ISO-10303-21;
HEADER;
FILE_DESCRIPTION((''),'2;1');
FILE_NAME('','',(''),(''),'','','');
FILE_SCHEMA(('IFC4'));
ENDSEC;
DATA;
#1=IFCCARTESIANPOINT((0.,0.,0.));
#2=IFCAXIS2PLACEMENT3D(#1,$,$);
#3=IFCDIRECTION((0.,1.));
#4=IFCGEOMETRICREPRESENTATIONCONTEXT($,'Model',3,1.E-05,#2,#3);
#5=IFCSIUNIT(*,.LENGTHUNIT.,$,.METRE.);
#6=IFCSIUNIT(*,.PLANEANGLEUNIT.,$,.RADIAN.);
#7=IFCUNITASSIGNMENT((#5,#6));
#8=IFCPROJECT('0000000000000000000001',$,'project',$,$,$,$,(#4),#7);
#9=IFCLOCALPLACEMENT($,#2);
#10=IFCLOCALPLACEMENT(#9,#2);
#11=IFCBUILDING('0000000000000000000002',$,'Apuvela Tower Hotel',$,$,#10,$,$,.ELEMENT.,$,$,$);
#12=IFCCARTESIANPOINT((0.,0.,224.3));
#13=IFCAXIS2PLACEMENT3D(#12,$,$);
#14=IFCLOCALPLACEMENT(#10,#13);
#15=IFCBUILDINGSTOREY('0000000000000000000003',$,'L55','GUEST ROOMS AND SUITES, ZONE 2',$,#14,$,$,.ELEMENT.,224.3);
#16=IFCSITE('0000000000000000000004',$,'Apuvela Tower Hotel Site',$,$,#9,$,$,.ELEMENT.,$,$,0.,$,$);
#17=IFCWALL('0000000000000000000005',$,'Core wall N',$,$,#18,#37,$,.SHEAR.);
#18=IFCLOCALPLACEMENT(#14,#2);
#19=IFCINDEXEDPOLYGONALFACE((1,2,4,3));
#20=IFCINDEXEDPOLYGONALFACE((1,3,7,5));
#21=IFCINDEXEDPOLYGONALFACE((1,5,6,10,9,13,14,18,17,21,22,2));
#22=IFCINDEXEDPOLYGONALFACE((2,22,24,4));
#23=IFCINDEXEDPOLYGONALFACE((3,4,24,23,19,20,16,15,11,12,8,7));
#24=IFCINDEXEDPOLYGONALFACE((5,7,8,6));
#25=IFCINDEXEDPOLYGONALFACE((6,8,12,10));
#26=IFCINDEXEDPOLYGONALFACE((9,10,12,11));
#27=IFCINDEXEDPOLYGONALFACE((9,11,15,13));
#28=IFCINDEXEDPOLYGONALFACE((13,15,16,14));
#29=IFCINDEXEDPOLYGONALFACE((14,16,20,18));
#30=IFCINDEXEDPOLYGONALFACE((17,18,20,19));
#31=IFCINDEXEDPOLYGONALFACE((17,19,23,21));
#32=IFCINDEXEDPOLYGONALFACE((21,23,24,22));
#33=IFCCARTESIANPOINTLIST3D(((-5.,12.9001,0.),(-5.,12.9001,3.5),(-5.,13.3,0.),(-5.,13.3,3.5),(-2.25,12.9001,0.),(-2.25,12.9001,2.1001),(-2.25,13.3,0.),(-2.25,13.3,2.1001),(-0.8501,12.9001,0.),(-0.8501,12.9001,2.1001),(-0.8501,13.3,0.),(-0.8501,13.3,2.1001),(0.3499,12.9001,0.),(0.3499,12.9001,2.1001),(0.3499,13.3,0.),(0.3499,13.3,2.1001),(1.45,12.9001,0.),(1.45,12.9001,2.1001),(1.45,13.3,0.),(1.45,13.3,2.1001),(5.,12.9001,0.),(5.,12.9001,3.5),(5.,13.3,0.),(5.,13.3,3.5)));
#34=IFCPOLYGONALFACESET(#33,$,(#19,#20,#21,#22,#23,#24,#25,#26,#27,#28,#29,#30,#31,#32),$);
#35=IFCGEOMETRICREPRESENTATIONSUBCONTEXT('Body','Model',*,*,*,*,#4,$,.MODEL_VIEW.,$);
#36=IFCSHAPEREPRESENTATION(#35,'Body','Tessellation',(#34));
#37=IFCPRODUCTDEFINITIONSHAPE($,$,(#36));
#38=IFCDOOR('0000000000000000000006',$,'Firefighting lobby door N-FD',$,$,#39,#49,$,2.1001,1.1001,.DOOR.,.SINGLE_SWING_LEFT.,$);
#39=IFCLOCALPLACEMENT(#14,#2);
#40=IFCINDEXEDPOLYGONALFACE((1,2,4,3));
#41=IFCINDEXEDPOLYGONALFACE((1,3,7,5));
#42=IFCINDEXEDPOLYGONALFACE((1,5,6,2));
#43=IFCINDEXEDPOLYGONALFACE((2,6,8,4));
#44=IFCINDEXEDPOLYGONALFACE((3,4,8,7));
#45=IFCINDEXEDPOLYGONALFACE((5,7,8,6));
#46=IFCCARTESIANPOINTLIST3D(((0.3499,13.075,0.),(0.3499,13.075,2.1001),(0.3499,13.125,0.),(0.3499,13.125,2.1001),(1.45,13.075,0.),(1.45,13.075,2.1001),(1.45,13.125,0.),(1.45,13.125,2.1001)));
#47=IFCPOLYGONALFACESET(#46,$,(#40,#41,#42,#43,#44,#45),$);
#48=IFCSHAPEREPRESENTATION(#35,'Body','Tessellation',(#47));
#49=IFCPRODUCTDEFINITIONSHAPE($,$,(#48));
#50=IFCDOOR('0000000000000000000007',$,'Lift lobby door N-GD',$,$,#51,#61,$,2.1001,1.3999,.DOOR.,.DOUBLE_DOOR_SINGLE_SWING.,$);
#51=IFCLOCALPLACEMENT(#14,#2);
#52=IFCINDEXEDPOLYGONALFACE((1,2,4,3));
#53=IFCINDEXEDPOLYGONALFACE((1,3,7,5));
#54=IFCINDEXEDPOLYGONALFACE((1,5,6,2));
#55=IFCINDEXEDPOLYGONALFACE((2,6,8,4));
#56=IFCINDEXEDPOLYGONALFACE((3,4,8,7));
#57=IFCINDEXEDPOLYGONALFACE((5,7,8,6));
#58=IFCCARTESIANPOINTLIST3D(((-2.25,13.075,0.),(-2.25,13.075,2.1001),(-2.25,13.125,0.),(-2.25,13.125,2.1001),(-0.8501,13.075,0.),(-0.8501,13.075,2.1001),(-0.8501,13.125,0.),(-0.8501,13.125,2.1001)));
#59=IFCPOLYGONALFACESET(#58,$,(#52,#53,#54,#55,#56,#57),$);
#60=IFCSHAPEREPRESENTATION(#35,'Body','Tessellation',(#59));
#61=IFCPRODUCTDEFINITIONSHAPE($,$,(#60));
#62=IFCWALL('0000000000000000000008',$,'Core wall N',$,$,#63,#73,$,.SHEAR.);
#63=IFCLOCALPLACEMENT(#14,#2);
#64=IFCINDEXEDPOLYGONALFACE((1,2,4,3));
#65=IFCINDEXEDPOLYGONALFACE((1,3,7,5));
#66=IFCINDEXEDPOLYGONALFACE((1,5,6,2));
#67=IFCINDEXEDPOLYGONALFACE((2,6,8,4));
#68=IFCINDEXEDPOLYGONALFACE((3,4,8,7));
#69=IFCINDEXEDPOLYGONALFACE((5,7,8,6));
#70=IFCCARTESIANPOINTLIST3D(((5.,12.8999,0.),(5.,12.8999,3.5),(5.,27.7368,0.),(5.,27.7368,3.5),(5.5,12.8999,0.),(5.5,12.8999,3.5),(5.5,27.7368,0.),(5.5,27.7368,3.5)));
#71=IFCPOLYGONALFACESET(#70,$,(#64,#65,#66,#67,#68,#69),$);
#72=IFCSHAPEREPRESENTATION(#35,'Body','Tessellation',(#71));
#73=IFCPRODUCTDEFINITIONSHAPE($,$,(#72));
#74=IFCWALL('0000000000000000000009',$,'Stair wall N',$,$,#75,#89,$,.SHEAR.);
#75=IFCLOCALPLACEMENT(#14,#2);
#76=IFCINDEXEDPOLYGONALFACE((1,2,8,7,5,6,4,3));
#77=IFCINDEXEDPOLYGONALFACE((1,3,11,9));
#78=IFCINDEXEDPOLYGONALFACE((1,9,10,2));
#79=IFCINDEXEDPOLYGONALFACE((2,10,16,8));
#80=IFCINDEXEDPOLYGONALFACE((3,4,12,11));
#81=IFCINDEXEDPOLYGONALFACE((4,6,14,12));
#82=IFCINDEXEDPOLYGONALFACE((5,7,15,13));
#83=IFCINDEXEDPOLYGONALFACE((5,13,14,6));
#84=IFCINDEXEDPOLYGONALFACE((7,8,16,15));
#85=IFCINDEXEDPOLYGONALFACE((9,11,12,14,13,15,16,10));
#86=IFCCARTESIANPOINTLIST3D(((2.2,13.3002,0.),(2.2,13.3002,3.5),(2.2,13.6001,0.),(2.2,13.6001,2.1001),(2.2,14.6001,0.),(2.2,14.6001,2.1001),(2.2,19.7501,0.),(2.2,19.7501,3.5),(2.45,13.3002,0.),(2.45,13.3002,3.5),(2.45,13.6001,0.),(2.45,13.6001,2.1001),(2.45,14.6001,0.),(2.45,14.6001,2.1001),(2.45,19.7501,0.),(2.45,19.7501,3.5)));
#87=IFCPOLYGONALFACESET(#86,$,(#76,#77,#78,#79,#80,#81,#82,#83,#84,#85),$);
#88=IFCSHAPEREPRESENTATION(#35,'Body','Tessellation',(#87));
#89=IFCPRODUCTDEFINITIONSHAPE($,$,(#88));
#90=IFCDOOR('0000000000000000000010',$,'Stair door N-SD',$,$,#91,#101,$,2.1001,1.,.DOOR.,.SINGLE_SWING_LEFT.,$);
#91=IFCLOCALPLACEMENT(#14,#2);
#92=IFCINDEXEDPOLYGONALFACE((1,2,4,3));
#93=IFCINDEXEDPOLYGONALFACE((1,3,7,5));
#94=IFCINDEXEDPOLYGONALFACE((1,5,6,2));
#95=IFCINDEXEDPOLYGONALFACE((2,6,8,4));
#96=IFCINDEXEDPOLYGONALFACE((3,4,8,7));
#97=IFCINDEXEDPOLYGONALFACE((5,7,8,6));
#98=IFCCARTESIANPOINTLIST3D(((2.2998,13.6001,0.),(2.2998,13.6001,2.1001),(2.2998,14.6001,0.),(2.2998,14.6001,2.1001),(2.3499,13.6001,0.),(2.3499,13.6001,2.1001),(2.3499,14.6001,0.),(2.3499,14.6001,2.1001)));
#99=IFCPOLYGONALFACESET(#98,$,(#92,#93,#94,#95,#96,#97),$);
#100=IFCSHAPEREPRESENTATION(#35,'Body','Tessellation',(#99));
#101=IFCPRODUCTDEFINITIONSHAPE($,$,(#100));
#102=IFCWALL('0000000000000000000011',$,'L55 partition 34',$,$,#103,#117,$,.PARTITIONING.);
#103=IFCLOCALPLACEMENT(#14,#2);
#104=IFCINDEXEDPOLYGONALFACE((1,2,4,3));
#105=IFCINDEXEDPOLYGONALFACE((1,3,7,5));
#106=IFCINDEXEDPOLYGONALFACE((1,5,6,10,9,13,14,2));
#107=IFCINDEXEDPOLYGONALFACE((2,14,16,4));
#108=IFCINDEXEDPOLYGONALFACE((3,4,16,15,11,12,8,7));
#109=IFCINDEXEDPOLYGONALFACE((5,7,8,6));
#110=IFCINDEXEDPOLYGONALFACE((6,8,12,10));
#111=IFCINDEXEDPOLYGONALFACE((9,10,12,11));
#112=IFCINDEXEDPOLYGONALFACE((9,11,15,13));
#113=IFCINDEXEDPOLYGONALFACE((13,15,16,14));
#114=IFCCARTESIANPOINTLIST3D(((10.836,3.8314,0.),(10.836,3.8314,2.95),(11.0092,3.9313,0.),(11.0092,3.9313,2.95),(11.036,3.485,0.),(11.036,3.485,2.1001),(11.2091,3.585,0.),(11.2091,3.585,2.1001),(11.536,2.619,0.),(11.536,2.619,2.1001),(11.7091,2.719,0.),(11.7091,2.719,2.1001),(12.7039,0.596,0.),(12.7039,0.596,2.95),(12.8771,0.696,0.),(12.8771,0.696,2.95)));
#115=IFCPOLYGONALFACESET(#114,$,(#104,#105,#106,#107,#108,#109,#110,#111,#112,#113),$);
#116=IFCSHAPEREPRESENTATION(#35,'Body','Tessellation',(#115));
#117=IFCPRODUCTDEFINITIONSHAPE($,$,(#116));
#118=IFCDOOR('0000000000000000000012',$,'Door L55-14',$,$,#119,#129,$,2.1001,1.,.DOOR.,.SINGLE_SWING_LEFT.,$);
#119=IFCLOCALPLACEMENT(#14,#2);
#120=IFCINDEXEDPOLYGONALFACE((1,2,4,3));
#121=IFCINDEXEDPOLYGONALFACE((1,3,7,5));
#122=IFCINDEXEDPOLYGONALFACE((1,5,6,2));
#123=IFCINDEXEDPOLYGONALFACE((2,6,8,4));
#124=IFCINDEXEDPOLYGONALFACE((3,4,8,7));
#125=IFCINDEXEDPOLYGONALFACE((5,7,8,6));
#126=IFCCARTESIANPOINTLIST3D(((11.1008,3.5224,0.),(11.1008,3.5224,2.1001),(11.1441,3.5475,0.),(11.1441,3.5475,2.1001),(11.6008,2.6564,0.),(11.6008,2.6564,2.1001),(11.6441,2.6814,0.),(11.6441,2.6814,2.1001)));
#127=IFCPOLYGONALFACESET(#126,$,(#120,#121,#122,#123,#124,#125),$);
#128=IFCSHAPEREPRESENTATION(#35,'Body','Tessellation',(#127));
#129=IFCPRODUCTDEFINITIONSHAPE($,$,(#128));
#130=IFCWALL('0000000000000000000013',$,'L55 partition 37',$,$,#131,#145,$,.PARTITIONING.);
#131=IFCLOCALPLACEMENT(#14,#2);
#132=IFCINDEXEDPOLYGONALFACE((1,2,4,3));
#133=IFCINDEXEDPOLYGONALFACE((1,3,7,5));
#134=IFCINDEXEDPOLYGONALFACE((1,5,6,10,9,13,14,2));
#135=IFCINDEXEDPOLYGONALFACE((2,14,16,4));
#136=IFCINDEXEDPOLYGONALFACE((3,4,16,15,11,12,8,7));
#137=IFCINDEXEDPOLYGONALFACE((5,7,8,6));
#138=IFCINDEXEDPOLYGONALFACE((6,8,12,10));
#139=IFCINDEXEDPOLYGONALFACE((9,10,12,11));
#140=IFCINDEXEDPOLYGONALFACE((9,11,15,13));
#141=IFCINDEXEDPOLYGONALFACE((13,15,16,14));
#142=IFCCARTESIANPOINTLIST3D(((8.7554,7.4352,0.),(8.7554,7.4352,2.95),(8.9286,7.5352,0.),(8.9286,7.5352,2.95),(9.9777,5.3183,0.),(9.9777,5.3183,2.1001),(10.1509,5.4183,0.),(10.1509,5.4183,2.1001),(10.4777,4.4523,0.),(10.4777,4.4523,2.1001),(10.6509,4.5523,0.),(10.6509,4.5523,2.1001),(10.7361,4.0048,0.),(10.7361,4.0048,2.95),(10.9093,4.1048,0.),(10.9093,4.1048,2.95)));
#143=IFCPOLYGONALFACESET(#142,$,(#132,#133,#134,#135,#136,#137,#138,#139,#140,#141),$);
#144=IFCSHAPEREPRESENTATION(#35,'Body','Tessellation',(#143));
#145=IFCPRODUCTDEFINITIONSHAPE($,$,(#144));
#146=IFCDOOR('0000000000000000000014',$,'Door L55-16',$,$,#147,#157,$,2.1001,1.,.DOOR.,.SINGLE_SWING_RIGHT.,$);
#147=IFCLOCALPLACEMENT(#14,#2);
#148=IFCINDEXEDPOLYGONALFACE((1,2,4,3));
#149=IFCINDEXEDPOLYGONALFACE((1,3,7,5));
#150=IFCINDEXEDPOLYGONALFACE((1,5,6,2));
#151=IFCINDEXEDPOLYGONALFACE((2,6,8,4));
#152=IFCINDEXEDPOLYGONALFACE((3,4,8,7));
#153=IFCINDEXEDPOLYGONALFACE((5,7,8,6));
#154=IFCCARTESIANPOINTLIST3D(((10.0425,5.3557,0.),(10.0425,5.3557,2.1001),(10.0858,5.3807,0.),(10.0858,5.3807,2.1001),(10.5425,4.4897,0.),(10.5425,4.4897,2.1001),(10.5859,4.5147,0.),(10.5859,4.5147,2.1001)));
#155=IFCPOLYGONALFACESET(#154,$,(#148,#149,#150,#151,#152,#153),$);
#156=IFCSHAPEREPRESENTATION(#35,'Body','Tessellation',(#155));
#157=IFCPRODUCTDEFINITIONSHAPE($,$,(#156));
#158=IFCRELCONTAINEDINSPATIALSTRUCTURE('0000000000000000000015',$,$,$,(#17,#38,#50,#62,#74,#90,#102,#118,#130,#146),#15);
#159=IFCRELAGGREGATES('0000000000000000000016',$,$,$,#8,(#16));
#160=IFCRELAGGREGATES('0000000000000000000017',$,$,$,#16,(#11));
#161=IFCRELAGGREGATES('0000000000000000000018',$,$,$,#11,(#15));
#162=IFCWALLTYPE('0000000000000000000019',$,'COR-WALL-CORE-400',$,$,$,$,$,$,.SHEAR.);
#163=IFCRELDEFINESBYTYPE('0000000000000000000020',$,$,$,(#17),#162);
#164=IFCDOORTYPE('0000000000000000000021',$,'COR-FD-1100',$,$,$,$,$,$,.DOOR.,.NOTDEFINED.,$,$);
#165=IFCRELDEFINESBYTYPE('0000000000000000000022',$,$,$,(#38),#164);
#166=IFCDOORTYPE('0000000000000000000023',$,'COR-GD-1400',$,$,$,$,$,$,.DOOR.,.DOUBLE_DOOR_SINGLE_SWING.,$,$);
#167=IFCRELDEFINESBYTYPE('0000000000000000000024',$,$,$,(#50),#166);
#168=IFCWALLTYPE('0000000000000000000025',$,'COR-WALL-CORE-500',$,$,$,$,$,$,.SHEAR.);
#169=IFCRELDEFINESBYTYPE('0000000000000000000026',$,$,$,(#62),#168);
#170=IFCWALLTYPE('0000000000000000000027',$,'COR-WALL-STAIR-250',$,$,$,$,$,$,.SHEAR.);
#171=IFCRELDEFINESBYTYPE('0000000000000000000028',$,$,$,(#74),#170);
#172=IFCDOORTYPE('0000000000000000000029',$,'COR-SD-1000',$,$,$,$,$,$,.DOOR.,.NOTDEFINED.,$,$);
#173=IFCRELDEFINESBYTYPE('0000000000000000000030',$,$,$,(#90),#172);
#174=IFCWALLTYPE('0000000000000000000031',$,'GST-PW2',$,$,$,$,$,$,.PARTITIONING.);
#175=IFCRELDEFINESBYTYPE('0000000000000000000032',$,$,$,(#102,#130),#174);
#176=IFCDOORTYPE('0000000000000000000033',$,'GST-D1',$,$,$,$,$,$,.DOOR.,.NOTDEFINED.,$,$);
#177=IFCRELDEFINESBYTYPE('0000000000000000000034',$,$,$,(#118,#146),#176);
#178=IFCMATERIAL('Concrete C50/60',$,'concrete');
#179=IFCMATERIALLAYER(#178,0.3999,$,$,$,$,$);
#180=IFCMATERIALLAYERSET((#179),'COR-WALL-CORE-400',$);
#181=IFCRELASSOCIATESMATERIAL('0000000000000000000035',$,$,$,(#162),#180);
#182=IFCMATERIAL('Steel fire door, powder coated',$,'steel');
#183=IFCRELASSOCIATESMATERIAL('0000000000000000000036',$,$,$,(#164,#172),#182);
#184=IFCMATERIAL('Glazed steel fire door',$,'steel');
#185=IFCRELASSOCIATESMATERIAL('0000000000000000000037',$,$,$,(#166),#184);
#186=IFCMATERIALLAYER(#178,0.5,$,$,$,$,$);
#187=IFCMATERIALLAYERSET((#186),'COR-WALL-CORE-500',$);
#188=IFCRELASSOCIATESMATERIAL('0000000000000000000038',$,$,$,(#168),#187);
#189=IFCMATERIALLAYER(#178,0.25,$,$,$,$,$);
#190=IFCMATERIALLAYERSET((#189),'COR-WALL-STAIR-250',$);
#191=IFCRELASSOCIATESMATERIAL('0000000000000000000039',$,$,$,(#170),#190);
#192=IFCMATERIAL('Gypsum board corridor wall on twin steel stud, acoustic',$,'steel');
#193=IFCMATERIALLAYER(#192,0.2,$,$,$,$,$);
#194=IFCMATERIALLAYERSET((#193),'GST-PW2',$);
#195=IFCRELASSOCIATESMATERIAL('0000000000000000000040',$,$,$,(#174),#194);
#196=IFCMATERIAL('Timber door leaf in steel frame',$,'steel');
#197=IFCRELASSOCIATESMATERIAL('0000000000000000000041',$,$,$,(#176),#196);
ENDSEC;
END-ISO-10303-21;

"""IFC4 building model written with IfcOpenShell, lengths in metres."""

from ifc_helpers import new_model, si_unit, direction, frame, frame_2d, origin, place, context, subcontext, project, spatial, rectangle, extrude, material, layer, layer_set, type_object, element, fill, save


model = new_model("IFC4")

# Units and contexts
model_context = context("Model", 3, precision=1e-05, world=origin(), true_north=direction((0.0, 1.0)))
body_context = subcontext(model_context, "Body", "Model", "MODEL_VIEW")
ifc_project = project(units=[si_unit("LENGTHUNIT", "METRE"), si_unit("PLANEANGLEUNIT", "RADIAN")], contexts=[model_context])

# Site, building, storey
site_placement = place(None, origin())
site = spatial("IfcSite", under=ifc_project, at=site_placement, Name="Apuvela Tower Hotel Site", CompositionType="ELEMENT", RefElevation=0.0)
building_placement = place(site_placement, origin())
building = spatial("IfcBuilding", under=site, at=building_placement, Name="Apuvela Tower Hotel", CompositionType="ELEMENT")
storey_placement = place(building_placement, frame((0.0, 0.0, 224.3)))
storey = spatial("IfcBuildingStorey", under=building, at=storey_placement, Name="L55", Description="GUEST ROOMS AND SUITES, ZONE 2", CompositionType="ELEMENT", Elevation=224.3)

# Shared definitions
ifc_material_1 = material(Name="Concrete C50/60", Category="concrete")

# Wall, openings, doors
ifc_layer_1 = layer(ifc_material_1, 0.3999)
ifc_layer_set_1 = layer_set([ifc_layer_1], Name="COR-WALL-CORE-400")
wall_type_1 = type_object("IfcWallType", Name="COR-WALL-CORE-400", PredefinedType="SHEAR", material=ifc_layer_set_1)
wall_1_placement = place(storey_placement, frame((5.0, 13.1001, 0.0), z_axis=(0.0, 0.0, 1.0), x_axis=(-1.0, 0.0, 0.0)))
wall_1 = element("IfcWall", 1, at=wall_1_placement, inside=storey, type_object=wall_type_1, Name="Core wall N", PredefinedType="SHEAR", context=body_context, shape_type="SweptSolid", body=[
    extrude(rectangle(XDim=10.0, YDim=0.3999, at=frame_2d((5.0, 0.0))), origin(), (0.0, 0.0, 1.0), 3.5),
])
opening_1_placement = place(wall_1_placement, frame((3.55, 0.0, 0.0)))
opening_1 = element("IfcOpeningElement", 2, at=opening_1_placement, cuts=wall_1, PredefinedType="OPENING", context=body_context, shape_type="SweptSolid", body=[
    extrude(rectangle(XDim=1.1001, YDim=2.1001, at=frame_2d((0.55, 1.05))), frame((0.0, 0.21, 0.0), z_axis=(0.0, -1.0, 0.0), x_axis=(1.0, 0.0, 0.0)), (0.0, 0.0, 1.0), 0.4199),
])
opening_2_placement = place(wall_1_placement, frame((5.8501, 0.0, 0.0)))
opening_2 = element("IfcOpeningElement", 3, at=opening_2_placement, cuts=wall_1, PredefinedType="OPENING", context=body_context, shape_type="SweptSolid", body=[
    extrude(rectangle(XDim=1.3999, YDim=2.1001, at=frame_2d((0.7, 1.05))), frame((0.0, 0.21, 0.0), z_axis=(0.0, -1.0, 0.0), x_axis=(1.0, 0.0, 0.0)), (0.0, 0.0, 1.0), 0.4199),
])
ifc_material_2 = material(Name="Steel fire door, powder coated", Category="steel")
door_type_1 = type_object("IfcDoorType", Name="COR-FD-1100", OperationType="NOTDEFINED", PredefinedType="DOOR", material=ifc_material_2)
door_1_placement = place(opening_1_placement, frame((1.1001, 0.0, 0.0), z_axis=(0.0, 0.0, 1.0), x_axis=(-1.0, 0.0, 0.0)))
door_1 = element("IfcDoor", 4, at=door_1_placement, inside=storey, type_object=door_type_1, Name="Firefighting lobby door N-FD", OperationType="SINGLE_SWING_LEFT", OverallHeight=2.1001, OverallWidth=1.1001, PredefinedType="DOOR", context=body_context, shape_type="SweptSolid", body=[
    extrude(rectangle(XDim=1.1001, YDim=2.1001, at=frame_2d((0.55, 1.05))), frame((0.0, 0.0249, 0.0), z_axis=(0.0, -1.0, 0.0), x_axis=(1.0, 0.0, 0.0)), (0.0, 0.0, 1.0), 0.05),
])
fill(opening_1, door_1)
ifc_material_3 = material(Name="Glazed steel fire door", Category="steel")
door_type_2 = type_object("IfcDoorType", Name="COR-GD-1400", OperationType="DOUBLE_DOOR_SINGLE_SWING", PredefinedType="DOOR", material=ifc_material_3)
door_2_placement = place(opening_2_placement, frame((1.3999, 0.0, 0.0), z_axis=(0.0, 0.0, 1.0), x_axis=(-1.0, 0.0, 0.0)))
door_2 = element("IfcDoor", 5, at=door_2_placement, inside=storey, type_object=door_type_2, Name="Lift lobby door N-GD", OperationType="DOUBLE_DOOR_SINGLE_SWING", OverallHeight=2.1001, OverallWidth=1.3999, PredefinedType="DOOR", context=body_context, shape_type="SweptSolid", body=[
    extrude(rectangle(XDim=1.3999, YDim=2.1001, at=frame_2d((0.7, 1.05))), frame((0.0, 0.0249, 0.0), z_axis=(0.0, -1.0, 0.0), x_axis=(1.0, 0.0, 0.0)), (0.0, 0.0, 1.0), 0.05),
])
fill(opening_2, door_2)

# Wall
ifc_layer_2 = layer(ifc_material_1, 0.5)
ifc_layer_set_2 = layer_set([ifc_layer_2], Name="COR-WALL-CORE-500")
wall_type_2 = type_object("IfcWallType", Name="COR-WALL-CORE-500", PredefinedType="SHEAR", material=ifc_layer_set_2)
wall_2_placement = place(storey_placement, frame((5.25, 12.8999, 0.0), z_axis=(0.0, 0.0, 1.0), x_axis=(0.0, 1.0, 0.0)))
element("IfcWall", 6, at=wall_2_placement, inside=storey, type_object=wall_type_2, Name="Core wall N", PredefinedType="SHEAR", context=body_context, shape_type="SweptSolid", body=[
    extrude(rectangle(XDim=14.8369, YDim=0.5, at=frame_2d((7.4185, 0.0))), origin(), (0.0, 0.0, 1.0), 3.5),
])

# Walls, openings, doors
ifc_layer_3 = layer(ifc_material_1, 0.25)
ifc_layer_set_3 = layer_set([ifc_layer_3], Name="COR-WALL-STAIR-250")
wall_type_3 = type_object("IfcWallType", Name="COR-WALL-STAIR-250", PredefinedType="SHEAR", material=ifc_layer_set_3)
wall_3_placement = place(storey_placement, frame((2.325, 13.3, 0.0), z_axis=(0.0, 0.0, 1.0), x_axis=(0.0, 1.0, 0.0)))
wall_3 = element("IfcWall", 7, at=wall_3_placement, inside=storey, type_object=wall_type_3, Name="Stair wall N", PredefinedType="SHEAR", context=body_context, shape_type="SweptSolid", body=[
    extrude(rectangle(XDim=6.45, YDim=0.25, at=frame_2d((3.2251, 0.0))), origin(), (0.0, 0.0, 1.0), 3.5),
])
opening_3_placement = place(wall_3_placement, frame((0.3, 0.0, 0.0)))
opening_3 = element("IfcOpeningElement", 8, at=opening_3_placement, cuts=wall_3, PredefinedType="OPENING", context=body_context, shape_type="SweptSolid", body=[
    extrude(rectangle(XDim=1.0, YDim=2.1001, at=frame_2d((0.5, 1.05))), frame((0.0, 0.135, 0.0), z_axis=(0.0, -1.0, 0.0), x_axis=(1.0, 0.0, 0.0)), (0.0, 0.0, 1.0), 0.27),
])
door_type_3 = type_object("IfcDoorType", Name="COR-SD-1000", OperationType="NOTDEFINED", PredefinedType="DOOR", material=ifc_material_2)
door_3_placement = place(opening_3_placement, frame((1.0, 0.0, 0.0), z_axis=(0.0, 0.0, 1.0), x_axis=(-1.0, 0.0, 0.0)))
door_3 = element("IfcDoor", 9, at=door_3_placement, inside=storey, type_object=door_type_3, Name="Stair door N-SD", OperationType="SINGLE_SWING_LEFT", OverallHeight=2.1001, OverallWidth=1.0, PredefinedType="DOOR", context=body_context, shape_type="SweptSolid", body=[
    extrude(rectangle(XDim=1.0, YDim=2.1001, at=frame_2d((0.5, 1.05))), frame((0.0, 0.0249, 0.0), z_axis=(0.0, -1.0, 0.0), x_axis=(1.0, 0.0, 0.0)), (0.0, 0.0, 1.0), 0.05),
])
fill(opening_3, door_3)
ifc_material_4 = material(Name="Gypsum board corridor wall on twin steel stud, acoustic", Category="steel")
ifc_layer_4 = layer(ifc_material_4, 0.2)
ifc_layer_set_4 = layer_set([ifc_layer_4], Name="GST-PW2")
wall_type_4 = type_object("IfcWallType", Name="GST-PW2", PredefinedType="PARTITIONING", material=ifc_layer_set_4)
wall_4_placement = place(storey_placement, frame((10.9226, 3.8813, 0.0), z_axis=(0.0, 0.0, 1.0), x_axis=(0.499998, -0.866027, 0.0)))
wall_4 = element("IfcWall", 10, at=wall_4_placement, inside=storey, type_object=wall_type_4, Name="L55 partition 34", PredefinedType="PARTITIONING", context=body_context, shape_type="SweptSolid", body=[
    extrude(rectangle(XDim=3.7358, YDim=0.2, at=frame_2d((1.8679, 0.0))), origin(), (0.0, 0.0, 1.0), 2.95),
])
opening_4_placement = place(wall_4_placement, frame((0.3999, 0.0, 0.0)))
opening_4 = element("IfcOpeningElement", 11, at=opening_4_placement, cuts=wall_4, PredefinedType="OPENING", context=body_context, shape_type="SweptSolid", body=[
    extrude(rectangle(XDim=1.0, YDim=2.1001, at=frame_2d((0.5, 1.05))), frame((0.0, 0.1099, 0.0), z_axis=(0.0, -1.0, 0.0), x_axis=(1.0, 0.0, 0.0)), (0.0, 0.0, 1.0), 0.22),
])
ifc_material_5 = material(Name="Timber door leaf in steel frame", Category="steel")
door_type_4 = type_object("IfcDoorType", Name="GST-D1", OperationType="NOTDEFINED", PredefinedType="DOOR", material=ifc_material_5)
door_4_placement = place(opening_4_placement, origin())
door_4 = element("IfcDoor", 12, at=door_4_placement, inside=storey, type_object=door_type_4, Name="Door L55-14", OperationType="SINGLE_SWING_LEFT", OverallHeight=2.1001, OverallWidth=1.0, PredefinedType="DOOR", context=body_context, shape_type="SweptSolid", body=[
    extrude(rectangle(XDim=1.0, YDim=2.1001, at=frame_2d((0.5, 1.05))), frame((0.0, 0.0249, 0.0), z_axis=(0.0, -1.0, 0.0), x_axis=(1.0, 0.0, 0.0)), (0.0, 0.0, 1.0), 0.05),
])
fill(opening_4, door_4)
wall_5_placement = place(storey_placement, frame((8.842, 7.4851, 0.0), z_axis=(0.0, 0.0, 1.0), x_axis=(0.50003, -0.866008, 0.0)))
wall_5 = element("IfcWall", 13, at=wall_5_placement, inside=storey, type_object=wall_type_4, Name="L55 partition 37", PredefinedType="PARTITIONING", context=body_context, shape_type="SweptSolid", body=[
    extrude(rectangle(XDim=3.9612, YDim=0.2, at=frame_2d((1.9805, 0.0))), origin(), (0.0, 0.0, 1.0), 2.95),
])
opening_5_placement = place(wall_5_placement, frame((2.4443, 0.0, 0.0)))
opening_5 = element("IfcOpeningElement", 14, at=opening_5_placement, cuts=wall_5, PredefinedType="OPENING", context=body_context, shape_type="SweptSolid", body=[
    extrude(rectangle(XDim=1.0, YDim=2.1001, at=frame_2d((0.5, 1.05))), frame((0.0, 0.1099, 0.0), z_axis=(0.0, -1.0, 0.0), x_axis=(1.0, 0.0, 0.0)), (0.0, 0.0, 1.0), 0.22),
])
door_5_placement = place(opening_5_placement, origin())
door_5 = element("IfcDoor", 15, at=door_5_placement, inside=storey, type_object=door_type_4, Name="Door L55-16", OperationType="SINGLE_SWING_RIGHT", OverallHeight=2.1001, OverallWidth=1.0, PredefinedType="DOOR", context=body_context, shape_type="SweptSolid", body=[
    extrude(rectangle(XDim=1.0, YDim=2.1001, at=frame_2d((0.5, 1.05))), frame((0.0, 0.0249, 0.0), z_axis=(0.0, -1.0, 0.0), x_axis=(1.0, 0.0, 0.0)), (0.0, 0.0, 1.0), 0.05),
])
fill(opening_5, door_5)

save(model, "model.ifc")
